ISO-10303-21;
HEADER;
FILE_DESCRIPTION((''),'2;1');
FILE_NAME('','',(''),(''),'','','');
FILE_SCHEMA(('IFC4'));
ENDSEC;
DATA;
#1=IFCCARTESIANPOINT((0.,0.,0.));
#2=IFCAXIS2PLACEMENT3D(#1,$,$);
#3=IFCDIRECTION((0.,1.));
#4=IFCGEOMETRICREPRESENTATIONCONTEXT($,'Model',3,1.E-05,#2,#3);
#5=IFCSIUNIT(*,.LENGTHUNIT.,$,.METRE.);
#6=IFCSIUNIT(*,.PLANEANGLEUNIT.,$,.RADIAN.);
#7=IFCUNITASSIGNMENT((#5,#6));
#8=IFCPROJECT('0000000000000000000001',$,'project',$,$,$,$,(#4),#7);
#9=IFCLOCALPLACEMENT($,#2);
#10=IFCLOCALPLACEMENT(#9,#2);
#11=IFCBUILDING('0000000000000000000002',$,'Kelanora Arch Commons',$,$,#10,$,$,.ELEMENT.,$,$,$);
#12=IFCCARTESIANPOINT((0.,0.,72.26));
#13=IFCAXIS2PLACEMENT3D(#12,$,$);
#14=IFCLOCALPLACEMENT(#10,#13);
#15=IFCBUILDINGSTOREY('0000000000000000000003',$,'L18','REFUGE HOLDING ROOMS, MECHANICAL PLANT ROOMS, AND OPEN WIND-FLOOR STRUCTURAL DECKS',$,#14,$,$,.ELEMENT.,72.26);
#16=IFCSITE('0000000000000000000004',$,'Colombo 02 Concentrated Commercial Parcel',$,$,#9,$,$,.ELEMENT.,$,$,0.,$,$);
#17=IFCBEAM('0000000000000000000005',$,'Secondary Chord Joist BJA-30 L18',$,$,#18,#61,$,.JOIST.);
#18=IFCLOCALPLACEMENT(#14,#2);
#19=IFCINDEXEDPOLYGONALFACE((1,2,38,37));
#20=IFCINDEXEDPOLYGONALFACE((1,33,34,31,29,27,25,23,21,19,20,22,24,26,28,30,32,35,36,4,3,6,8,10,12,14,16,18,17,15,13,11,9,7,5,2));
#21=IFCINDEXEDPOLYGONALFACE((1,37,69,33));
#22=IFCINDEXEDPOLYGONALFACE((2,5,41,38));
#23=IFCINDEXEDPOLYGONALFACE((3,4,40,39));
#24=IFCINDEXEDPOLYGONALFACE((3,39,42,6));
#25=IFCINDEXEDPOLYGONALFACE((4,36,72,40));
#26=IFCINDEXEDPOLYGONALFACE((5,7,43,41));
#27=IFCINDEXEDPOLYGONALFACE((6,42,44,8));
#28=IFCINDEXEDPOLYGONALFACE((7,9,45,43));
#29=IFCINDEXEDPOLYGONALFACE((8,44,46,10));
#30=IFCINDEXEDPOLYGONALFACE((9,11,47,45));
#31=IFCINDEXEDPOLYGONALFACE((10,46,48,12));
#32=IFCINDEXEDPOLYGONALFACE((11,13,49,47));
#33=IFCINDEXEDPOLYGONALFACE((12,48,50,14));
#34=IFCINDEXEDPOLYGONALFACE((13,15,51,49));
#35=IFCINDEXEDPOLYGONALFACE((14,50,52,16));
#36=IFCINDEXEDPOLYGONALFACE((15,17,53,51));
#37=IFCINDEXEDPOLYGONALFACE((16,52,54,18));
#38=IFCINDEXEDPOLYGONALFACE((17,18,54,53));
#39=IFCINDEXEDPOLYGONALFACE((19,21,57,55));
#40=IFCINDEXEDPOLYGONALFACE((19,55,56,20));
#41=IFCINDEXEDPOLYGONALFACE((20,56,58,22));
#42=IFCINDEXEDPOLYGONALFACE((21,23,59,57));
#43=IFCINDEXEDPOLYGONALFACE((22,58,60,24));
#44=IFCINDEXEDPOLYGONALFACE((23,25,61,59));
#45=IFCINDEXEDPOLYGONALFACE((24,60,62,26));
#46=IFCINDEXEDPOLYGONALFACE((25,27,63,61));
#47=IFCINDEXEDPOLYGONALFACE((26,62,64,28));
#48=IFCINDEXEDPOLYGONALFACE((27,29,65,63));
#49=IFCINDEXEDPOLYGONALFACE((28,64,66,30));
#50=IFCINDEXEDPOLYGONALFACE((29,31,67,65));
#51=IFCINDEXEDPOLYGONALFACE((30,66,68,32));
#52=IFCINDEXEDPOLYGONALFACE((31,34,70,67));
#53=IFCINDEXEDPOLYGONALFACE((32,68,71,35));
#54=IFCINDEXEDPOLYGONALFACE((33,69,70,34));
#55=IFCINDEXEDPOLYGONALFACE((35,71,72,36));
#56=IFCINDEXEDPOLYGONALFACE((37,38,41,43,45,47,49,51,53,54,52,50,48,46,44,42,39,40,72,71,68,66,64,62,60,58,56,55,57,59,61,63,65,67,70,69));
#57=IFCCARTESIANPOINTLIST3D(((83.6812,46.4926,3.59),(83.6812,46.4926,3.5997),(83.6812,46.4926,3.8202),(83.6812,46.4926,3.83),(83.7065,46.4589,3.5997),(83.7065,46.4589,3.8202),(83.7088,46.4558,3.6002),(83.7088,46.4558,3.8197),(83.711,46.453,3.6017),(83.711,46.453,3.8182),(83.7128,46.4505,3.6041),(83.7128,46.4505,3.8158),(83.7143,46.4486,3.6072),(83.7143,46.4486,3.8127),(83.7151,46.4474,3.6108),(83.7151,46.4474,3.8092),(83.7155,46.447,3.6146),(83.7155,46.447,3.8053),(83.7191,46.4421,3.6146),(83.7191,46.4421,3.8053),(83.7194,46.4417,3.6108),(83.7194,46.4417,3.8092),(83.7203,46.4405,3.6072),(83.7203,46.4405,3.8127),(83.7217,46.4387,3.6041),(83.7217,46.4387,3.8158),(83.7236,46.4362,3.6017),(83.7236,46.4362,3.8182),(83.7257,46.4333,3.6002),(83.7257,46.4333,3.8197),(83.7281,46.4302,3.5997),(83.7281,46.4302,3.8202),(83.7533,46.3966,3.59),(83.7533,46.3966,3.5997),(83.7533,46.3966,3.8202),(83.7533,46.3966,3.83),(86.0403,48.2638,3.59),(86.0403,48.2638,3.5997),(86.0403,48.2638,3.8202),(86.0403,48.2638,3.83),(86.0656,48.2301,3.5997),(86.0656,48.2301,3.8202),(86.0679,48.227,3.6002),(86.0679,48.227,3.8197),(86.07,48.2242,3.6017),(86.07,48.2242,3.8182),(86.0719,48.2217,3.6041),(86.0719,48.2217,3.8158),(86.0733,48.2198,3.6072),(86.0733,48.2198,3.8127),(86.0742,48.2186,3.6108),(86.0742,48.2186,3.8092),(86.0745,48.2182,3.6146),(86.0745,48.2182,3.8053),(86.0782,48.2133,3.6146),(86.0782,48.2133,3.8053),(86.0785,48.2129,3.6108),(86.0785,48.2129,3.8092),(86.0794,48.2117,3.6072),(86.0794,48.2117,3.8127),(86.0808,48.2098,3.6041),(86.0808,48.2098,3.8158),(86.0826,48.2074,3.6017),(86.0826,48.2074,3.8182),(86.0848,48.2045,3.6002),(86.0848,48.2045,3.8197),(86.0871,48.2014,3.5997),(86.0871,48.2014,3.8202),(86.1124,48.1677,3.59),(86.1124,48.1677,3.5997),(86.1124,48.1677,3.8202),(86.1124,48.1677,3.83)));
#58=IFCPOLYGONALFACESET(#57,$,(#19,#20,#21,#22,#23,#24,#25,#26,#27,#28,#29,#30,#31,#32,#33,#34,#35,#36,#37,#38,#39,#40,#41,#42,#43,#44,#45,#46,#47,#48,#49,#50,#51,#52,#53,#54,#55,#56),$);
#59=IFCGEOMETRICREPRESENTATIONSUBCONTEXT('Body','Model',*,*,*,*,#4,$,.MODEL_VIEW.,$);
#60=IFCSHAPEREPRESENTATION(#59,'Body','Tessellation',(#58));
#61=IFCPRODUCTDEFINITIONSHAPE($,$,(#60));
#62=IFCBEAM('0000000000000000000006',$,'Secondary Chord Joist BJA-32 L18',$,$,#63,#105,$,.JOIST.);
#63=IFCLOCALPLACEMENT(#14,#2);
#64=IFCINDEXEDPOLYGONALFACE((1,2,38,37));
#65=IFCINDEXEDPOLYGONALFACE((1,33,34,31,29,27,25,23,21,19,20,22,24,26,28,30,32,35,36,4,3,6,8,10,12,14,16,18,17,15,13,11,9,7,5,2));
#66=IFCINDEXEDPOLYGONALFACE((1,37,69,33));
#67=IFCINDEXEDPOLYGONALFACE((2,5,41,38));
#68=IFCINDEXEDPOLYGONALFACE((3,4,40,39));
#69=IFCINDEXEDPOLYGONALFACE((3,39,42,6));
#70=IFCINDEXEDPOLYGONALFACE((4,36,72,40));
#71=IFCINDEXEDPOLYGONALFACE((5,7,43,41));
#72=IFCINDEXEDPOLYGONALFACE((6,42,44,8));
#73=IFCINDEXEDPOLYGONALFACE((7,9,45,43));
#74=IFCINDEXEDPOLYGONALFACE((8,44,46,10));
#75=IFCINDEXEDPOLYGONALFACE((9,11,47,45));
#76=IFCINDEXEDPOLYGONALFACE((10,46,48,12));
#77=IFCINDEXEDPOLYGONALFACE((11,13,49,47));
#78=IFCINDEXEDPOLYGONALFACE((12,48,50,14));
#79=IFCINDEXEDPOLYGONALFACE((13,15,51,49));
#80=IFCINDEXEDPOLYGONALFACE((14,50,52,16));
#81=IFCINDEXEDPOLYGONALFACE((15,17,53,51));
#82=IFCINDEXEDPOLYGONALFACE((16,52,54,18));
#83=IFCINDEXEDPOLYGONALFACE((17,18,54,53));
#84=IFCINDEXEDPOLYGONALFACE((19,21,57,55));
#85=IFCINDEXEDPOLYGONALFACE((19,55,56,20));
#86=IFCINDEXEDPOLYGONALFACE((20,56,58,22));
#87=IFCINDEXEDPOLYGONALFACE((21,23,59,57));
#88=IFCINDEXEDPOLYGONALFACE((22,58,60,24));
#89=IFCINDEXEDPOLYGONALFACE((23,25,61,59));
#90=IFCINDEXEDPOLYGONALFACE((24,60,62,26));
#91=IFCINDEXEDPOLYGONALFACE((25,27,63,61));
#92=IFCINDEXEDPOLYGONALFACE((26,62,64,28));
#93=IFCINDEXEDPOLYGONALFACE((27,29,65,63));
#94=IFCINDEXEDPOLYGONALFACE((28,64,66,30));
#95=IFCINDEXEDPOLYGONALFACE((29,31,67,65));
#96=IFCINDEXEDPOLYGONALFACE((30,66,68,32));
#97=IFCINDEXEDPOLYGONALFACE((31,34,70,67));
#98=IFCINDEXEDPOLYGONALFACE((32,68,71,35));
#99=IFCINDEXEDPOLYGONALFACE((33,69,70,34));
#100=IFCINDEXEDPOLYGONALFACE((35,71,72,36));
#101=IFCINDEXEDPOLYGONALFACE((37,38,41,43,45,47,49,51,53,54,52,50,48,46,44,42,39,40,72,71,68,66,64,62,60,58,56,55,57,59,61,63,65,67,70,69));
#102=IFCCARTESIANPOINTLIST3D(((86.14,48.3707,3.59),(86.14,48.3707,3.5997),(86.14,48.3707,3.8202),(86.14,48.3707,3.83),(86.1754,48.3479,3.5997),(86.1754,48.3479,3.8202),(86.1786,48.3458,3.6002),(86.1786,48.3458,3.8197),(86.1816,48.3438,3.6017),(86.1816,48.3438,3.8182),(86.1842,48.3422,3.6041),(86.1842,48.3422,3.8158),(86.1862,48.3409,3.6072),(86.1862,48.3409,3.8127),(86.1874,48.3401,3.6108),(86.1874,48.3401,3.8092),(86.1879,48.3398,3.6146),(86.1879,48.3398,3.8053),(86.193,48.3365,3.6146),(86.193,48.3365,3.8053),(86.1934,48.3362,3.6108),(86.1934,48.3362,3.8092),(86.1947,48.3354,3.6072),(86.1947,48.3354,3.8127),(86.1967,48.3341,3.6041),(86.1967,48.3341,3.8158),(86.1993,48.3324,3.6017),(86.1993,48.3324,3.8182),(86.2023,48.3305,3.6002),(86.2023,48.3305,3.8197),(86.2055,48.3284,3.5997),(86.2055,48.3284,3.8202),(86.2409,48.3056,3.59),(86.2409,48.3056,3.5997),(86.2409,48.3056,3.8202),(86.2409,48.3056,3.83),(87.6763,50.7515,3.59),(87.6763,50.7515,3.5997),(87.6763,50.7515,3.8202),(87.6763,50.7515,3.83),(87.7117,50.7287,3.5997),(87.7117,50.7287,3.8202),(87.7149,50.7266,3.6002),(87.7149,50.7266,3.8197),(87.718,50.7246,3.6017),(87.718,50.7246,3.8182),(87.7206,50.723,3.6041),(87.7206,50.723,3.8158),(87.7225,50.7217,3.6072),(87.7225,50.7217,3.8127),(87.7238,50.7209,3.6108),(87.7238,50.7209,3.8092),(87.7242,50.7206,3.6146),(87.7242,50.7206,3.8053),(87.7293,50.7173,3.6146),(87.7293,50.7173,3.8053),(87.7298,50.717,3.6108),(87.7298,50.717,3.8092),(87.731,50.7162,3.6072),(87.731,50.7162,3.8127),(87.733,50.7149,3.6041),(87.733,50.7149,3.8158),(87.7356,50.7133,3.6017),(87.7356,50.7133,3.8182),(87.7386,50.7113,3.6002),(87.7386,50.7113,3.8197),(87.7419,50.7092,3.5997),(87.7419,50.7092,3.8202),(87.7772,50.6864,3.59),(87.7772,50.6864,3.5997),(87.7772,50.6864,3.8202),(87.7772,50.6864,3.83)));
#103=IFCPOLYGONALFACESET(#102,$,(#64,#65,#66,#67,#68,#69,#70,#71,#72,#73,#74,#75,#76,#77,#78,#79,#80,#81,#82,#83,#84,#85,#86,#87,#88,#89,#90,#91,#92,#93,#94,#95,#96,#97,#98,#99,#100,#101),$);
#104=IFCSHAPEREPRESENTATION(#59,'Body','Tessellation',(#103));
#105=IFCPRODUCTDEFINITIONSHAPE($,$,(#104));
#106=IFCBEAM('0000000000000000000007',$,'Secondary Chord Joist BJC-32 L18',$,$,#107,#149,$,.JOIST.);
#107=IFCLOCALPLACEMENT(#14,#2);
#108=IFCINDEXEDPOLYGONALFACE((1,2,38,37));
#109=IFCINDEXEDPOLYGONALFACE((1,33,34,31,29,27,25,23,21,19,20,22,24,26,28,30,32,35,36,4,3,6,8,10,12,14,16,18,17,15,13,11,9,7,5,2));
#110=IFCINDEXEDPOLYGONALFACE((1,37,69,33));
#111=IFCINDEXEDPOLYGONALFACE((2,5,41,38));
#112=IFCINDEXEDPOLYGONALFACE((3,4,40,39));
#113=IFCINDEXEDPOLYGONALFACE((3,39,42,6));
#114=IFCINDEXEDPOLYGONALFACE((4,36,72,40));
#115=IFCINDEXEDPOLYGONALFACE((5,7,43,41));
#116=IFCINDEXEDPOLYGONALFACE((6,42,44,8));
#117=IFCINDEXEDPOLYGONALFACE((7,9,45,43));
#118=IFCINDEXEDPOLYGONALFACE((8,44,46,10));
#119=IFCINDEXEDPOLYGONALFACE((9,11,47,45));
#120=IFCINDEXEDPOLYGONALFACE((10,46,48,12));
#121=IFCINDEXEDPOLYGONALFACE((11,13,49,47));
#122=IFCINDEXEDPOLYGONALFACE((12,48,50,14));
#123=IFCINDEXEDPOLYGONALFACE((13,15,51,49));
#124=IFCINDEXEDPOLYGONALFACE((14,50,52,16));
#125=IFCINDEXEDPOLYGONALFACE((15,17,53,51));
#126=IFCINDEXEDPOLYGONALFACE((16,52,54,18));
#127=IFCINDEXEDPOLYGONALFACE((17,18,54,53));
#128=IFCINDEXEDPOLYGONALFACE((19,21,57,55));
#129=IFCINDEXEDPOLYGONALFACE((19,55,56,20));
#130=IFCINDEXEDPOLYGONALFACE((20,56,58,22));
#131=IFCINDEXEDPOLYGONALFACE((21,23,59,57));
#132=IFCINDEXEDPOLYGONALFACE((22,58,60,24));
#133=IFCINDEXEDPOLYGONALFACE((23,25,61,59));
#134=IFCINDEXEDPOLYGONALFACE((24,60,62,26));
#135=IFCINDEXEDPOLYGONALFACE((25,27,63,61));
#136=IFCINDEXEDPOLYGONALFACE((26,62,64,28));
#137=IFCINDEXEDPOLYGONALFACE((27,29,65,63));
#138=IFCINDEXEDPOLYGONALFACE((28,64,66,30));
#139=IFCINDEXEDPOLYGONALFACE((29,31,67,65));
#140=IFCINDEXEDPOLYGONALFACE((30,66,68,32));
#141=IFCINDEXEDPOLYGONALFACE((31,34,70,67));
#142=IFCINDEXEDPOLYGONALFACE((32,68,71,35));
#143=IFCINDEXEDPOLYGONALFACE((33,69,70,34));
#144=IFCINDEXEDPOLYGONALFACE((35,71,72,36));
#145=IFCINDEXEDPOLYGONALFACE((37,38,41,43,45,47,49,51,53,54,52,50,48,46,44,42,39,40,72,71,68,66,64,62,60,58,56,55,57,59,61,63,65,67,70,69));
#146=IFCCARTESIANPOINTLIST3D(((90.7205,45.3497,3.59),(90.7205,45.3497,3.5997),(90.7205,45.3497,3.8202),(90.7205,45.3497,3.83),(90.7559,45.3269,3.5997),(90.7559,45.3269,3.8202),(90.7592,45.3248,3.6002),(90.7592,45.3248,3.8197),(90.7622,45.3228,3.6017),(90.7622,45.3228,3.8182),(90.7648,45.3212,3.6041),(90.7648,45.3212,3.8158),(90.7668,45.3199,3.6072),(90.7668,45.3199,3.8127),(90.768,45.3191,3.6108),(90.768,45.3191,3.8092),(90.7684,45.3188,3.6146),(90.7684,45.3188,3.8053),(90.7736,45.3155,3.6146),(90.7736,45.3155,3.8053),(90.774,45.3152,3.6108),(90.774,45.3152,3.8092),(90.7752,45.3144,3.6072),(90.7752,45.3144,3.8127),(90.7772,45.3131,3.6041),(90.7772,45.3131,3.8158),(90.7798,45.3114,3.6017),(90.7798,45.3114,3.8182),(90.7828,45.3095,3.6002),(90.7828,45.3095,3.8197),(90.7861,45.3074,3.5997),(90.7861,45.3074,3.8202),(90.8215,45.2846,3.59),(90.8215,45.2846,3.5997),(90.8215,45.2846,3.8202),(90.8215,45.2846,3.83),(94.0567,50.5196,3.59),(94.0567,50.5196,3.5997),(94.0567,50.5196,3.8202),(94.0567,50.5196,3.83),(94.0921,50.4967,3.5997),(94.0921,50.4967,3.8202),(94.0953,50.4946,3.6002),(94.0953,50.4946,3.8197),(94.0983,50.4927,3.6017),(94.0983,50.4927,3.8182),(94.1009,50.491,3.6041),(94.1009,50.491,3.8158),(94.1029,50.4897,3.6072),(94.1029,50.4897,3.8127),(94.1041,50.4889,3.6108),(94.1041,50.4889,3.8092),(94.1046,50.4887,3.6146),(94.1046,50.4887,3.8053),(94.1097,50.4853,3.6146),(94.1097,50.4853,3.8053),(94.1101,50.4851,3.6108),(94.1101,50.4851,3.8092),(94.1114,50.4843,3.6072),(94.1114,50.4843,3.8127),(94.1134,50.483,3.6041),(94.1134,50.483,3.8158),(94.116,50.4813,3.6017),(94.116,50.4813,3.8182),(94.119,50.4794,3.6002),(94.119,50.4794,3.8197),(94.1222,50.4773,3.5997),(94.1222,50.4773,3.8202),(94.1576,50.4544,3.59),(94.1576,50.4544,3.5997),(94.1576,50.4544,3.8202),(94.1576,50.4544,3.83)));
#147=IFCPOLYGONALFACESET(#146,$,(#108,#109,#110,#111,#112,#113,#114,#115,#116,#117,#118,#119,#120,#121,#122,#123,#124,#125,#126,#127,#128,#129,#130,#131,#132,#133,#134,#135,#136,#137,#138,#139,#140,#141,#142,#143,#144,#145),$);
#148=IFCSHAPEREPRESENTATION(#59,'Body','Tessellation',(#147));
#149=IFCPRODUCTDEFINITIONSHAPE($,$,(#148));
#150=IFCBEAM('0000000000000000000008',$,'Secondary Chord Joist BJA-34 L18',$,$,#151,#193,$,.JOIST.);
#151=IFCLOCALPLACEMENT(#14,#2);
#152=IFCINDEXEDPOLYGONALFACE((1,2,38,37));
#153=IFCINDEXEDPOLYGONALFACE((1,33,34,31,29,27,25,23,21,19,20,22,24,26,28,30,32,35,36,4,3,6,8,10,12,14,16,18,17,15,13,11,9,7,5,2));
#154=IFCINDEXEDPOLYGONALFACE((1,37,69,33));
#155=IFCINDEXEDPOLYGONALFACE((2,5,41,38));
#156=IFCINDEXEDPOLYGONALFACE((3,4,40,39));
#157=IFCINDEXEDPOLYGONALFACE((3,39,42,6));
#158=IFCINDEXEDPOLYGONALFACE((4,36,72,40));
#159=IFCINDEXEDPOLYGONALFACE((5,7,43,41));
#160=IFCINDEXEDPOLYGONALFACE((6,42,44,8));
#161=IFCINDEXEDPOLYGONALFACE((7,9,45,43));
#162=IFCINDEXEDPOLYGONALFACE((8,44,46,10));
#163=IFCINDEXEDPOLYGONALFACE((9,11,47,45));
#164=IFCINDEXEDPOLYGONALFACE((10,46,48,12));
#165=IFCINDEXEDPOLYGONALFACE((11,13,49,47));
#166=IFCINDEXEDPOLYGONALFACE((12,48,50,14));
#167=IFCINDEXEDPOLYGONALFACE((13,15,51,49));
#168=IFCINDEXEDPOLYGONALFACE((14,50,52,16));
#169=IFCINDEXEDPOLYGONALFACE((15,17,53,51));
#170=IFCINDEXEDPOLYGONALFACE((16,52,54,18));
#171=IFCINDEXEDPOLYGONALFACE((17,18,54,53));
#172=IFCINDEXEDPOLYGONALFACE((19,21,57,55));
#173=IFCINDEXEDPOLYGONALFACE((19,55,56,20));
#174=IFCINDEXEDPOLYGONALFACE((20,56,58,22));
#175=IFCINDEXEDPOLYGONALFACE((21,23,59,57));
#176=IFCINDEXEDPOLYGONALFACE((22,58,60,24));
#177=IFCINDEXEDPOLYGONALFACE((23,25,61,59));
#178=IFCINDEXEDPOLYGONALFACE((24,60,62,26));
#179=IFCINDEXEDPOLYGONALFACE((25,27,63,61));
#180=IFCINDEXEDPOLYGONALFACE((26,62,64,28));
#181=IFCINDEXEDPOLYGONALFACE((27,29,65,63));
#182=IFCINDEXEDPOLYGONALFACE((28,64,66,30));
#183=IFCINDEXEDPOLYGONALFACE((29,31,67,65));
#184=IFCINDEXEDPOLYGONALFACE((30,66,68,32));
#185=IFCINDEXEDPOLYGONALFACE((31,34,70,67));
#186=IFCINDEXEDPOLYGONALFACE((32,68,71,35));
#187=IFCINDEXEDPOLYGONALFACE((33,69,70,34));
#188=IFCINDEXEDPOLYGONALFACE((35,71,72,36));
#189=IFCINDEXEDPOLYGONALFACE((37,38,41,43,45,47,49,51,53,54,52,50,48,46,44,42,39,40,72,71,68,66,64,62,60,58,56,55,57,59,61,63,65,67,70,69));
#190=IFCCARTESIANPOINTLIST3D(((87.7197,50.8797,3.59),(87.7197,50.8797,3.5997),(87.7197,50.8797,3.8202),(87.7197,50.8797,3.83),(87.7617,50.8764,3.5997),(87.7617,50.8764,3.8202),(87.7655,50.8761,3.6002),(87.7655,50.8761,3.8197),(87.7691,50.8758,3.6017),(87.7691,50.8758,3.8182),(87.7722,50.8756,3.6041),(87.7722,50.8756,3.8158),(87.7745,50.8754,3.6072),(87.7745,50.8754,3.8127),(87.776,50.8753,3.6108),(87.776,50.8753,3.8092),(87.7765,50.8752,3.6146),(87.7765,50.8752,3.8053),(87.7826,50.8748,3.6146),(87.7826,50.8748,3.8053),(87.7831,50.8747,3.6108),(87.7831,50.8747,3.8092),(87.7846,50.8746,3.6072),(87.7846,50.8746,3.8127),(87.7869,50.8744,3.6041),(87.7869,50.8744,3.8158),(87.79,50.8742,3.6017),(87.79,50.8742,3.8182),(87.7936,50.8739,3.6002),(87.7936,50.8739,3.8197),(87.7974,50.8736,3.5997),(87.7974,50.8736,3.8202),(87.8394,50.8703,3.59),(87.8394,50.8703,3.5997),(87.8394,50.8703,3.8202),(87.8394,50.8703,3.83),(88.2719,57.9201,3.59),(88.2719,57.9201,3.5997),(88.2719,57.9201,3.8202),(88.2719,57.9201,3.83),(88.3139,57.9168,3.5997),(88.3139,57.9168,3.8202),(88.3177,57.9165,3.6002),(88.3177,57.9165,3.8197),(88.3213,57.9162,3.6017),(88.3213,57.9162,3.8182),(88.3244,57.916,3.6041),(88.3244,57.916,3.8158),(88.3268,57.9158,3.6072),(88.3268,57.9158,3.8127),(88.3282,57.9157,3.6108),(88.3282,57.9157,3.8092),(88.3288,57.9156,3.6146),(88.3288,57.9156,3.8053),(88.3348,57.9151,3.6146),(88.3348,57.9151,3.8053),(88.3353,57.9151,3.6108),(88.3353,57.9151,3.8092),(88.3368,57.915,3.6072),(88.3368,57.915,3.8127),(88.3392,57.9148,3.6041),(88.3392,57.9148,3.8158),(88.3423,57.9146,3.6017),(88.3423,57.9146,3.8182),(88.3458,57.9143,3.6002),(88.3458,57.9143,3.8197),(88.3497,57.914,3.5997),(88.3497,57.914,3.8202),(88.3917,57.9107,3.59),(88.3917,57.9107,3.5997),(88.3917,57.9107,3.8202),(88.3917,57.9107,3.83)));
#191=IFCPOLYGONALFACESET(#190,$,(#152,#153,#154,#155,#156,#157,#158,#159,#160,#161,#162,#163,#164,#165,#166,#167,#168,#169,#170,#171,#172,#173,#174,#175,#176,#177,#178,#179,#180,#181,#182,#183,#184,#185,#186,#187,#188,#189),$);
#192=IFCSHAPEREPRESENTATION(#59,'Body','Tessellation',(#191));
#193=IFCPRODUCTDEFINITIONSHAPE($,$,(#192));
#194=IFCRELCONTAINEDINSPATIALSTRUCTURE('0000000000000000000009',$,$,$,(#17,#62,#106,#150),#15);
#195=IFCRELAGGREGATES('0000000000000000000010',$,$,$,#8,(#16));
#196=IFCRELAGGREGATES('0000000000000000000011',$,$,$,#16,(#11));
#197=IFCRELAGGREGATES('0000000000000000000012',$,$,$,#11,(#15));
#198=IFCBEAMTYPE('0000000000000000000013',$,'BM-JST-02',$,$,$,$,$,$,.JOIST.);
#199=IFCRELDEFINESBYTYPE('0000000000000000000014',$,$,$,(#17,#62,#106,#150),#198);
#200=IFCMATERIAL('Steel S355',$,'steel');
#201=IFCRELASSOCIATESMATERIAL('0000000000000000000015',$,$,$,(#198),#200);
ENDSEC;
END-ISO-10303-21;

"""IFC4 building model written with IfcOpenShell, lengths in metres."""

from ifc_helpers import new_model, si_unit, direction, frame, origin, origin_2d, place, context, subcontext, project, spatial, i_section, extrude, material, material_profile, profile_set, type_object, element, save


model = new_model("IFC4")

# Units and contexts
model_context = context("Model", 3, precision=1e-05, world=origin(), true_north=direction((0.0, 1.0)))
body_context = subcontext(model_context, "Body", "Model", "MODEL_VIEW")
ifc_project = project(units=[si_unit("LENGTHUNIT", "METRE"), si_unit("PLANEANGLEUNIT", "RADIAN")], contexts=[model_context])

# Site, building, storey
site_placement = place(None, origin())
site = spatial("IfcSite", under=ifc_project, at=site_placement, Name="Colombo 02 Concentrated Commercial Parcel", CompositionType="ELEMENT", RefElevation=0.0)
building_placement = place(site_placement, origin())
building = spatial("IfcBuilding", under=site, at=building_placement, Name="Kelanora Arch Commons", CompositionType="ELEMENT")
storey_placement = place(building_placement, frame((0.0, 0.0, 72.26)))
storey = spatial("IfcBuildingStorey", under=building, at=storey_placement, Name="L18", Description="REFUGE HOLDING ROOMS, MECHANICAL PLANT ROOMS, AND OPEN WIND-FLOOR STRUCTURAL DECKS", CompositionType="ELEMENT", Elevation=72.26)

# Beams
ifc_material_1 = material(Name="Steel S355", Category="steel")
ifc_material_profile_1 = material_profile(ifc_material_1, i_section(OverallWidth=0.1201, OverallDepth=0.24, WebThickness=0.0061, FlangeThickness=0.0098, FilletRadius=0.0149, at=origin_2d()), Name="IPE240")
ifc_profile_set_1 = profile_set([ifc_material_profile_1], Name="Steel S355")
beam_type_1 = type_object("IfcBeamType", Name="BM-JST-02", PredefinedType="JOIST", material=ifc_profile_set_1)
beam_1_placement = place(storey_placement, frame((83.7173, 46.4446, 3.71), z_axis=(0.799692, 0.60041, 0.0), x_axis=(-0.60041, 0.799692, 0.0)))
element("IfcBeam", 1, at=beam_1_placement, inside=storey, type_object=beam_type_1, Name="Secondary Chord Joist BJA-30 L18", PredefinedType="JOIST", context=body_context, shape_type="SweptSolid", body=[
    extrude(i_section(OverallWidth=0.1201, OverallDepth=0.24, WebThickness=0.0061, FlangeThickness=0.0098, FilletRadius=0.0149, at=origin_2d()), origin(), (0.0, 0.0, 1.0), 2.95),
])
beam_2_placement = place(storey_placement, frame((86.1904, 48.3381, 3.71), z_axis=(0.542211, 0.840242, 0.0), x_axis=(-0.840242, 0.542211, 0.0)))
element("IfcBeam", 2, at=beam_2_placement, inside=storey, type_object=beam_type_1, Name="Secondary Chord Joist BJA-32 L18", PredefinedType="JOIST", context=body_context, shape_type="SweptSolid", body=[
    extrude(i_section(OverallWidth=0.1201, OverallDepth=0.24, WebThickness=0.0061, FlangeThickness=0.0098, FilletRadius=0.0149, at=origin_2d()), origin(), (0.0, 0.0, 1.0), 2.8335),
])
beam_3_placement = place(storey_placement, frame((90.771, 45.3171, 3.71), z_axis=(0.542213, 0.840241, 0.0), x_axis=(-0.840241, 0.542213, 0.0)))
element("IfcBeam", 3, at=beam_3_placement, inside=storey, type_object=beam_type_1, Name="Secondary Chord Joist BJC-32 L18", PredefinedType="JOIST", context=body_context, shape_type="SweptSolid", body=[
    extrude(i_section(OverallWidth=0.1201, OverallDepth=0.24, WebThickness=0.0061, FlangeThickness=0.0098, FilletRadius=0.0149, at=origin_2d()), origin(), (0.0, 0.0, 1.0), 6.1528),
])
beam_4_placement = place(storey_placement, frame((87.7795, 50.875, 3.71), z_axis=(0.078201, 0.996938, 0.0), x_axis=(-0.996938, 0.078201, 0.0)))
element("IfcBeam", 4, at=beam_4_placement, inside=storey, type_object=beam_type_1, Name="Secondary Chord Joist BJA-34 L18", PredefinedType="JOIST", context=body_context, shape_type="SweptSolid", body=[
    extrude(i_section(OverallWidth=0.1201, OverallDepth=0.24, WebThickness=0.0061, FlangeThickness=0.0098, FilletRadius=0.0149, at=origin_2d()), origin(), (0.0, 0.0, 1.0), 7.062),
])

save(model, "model.ifc")
